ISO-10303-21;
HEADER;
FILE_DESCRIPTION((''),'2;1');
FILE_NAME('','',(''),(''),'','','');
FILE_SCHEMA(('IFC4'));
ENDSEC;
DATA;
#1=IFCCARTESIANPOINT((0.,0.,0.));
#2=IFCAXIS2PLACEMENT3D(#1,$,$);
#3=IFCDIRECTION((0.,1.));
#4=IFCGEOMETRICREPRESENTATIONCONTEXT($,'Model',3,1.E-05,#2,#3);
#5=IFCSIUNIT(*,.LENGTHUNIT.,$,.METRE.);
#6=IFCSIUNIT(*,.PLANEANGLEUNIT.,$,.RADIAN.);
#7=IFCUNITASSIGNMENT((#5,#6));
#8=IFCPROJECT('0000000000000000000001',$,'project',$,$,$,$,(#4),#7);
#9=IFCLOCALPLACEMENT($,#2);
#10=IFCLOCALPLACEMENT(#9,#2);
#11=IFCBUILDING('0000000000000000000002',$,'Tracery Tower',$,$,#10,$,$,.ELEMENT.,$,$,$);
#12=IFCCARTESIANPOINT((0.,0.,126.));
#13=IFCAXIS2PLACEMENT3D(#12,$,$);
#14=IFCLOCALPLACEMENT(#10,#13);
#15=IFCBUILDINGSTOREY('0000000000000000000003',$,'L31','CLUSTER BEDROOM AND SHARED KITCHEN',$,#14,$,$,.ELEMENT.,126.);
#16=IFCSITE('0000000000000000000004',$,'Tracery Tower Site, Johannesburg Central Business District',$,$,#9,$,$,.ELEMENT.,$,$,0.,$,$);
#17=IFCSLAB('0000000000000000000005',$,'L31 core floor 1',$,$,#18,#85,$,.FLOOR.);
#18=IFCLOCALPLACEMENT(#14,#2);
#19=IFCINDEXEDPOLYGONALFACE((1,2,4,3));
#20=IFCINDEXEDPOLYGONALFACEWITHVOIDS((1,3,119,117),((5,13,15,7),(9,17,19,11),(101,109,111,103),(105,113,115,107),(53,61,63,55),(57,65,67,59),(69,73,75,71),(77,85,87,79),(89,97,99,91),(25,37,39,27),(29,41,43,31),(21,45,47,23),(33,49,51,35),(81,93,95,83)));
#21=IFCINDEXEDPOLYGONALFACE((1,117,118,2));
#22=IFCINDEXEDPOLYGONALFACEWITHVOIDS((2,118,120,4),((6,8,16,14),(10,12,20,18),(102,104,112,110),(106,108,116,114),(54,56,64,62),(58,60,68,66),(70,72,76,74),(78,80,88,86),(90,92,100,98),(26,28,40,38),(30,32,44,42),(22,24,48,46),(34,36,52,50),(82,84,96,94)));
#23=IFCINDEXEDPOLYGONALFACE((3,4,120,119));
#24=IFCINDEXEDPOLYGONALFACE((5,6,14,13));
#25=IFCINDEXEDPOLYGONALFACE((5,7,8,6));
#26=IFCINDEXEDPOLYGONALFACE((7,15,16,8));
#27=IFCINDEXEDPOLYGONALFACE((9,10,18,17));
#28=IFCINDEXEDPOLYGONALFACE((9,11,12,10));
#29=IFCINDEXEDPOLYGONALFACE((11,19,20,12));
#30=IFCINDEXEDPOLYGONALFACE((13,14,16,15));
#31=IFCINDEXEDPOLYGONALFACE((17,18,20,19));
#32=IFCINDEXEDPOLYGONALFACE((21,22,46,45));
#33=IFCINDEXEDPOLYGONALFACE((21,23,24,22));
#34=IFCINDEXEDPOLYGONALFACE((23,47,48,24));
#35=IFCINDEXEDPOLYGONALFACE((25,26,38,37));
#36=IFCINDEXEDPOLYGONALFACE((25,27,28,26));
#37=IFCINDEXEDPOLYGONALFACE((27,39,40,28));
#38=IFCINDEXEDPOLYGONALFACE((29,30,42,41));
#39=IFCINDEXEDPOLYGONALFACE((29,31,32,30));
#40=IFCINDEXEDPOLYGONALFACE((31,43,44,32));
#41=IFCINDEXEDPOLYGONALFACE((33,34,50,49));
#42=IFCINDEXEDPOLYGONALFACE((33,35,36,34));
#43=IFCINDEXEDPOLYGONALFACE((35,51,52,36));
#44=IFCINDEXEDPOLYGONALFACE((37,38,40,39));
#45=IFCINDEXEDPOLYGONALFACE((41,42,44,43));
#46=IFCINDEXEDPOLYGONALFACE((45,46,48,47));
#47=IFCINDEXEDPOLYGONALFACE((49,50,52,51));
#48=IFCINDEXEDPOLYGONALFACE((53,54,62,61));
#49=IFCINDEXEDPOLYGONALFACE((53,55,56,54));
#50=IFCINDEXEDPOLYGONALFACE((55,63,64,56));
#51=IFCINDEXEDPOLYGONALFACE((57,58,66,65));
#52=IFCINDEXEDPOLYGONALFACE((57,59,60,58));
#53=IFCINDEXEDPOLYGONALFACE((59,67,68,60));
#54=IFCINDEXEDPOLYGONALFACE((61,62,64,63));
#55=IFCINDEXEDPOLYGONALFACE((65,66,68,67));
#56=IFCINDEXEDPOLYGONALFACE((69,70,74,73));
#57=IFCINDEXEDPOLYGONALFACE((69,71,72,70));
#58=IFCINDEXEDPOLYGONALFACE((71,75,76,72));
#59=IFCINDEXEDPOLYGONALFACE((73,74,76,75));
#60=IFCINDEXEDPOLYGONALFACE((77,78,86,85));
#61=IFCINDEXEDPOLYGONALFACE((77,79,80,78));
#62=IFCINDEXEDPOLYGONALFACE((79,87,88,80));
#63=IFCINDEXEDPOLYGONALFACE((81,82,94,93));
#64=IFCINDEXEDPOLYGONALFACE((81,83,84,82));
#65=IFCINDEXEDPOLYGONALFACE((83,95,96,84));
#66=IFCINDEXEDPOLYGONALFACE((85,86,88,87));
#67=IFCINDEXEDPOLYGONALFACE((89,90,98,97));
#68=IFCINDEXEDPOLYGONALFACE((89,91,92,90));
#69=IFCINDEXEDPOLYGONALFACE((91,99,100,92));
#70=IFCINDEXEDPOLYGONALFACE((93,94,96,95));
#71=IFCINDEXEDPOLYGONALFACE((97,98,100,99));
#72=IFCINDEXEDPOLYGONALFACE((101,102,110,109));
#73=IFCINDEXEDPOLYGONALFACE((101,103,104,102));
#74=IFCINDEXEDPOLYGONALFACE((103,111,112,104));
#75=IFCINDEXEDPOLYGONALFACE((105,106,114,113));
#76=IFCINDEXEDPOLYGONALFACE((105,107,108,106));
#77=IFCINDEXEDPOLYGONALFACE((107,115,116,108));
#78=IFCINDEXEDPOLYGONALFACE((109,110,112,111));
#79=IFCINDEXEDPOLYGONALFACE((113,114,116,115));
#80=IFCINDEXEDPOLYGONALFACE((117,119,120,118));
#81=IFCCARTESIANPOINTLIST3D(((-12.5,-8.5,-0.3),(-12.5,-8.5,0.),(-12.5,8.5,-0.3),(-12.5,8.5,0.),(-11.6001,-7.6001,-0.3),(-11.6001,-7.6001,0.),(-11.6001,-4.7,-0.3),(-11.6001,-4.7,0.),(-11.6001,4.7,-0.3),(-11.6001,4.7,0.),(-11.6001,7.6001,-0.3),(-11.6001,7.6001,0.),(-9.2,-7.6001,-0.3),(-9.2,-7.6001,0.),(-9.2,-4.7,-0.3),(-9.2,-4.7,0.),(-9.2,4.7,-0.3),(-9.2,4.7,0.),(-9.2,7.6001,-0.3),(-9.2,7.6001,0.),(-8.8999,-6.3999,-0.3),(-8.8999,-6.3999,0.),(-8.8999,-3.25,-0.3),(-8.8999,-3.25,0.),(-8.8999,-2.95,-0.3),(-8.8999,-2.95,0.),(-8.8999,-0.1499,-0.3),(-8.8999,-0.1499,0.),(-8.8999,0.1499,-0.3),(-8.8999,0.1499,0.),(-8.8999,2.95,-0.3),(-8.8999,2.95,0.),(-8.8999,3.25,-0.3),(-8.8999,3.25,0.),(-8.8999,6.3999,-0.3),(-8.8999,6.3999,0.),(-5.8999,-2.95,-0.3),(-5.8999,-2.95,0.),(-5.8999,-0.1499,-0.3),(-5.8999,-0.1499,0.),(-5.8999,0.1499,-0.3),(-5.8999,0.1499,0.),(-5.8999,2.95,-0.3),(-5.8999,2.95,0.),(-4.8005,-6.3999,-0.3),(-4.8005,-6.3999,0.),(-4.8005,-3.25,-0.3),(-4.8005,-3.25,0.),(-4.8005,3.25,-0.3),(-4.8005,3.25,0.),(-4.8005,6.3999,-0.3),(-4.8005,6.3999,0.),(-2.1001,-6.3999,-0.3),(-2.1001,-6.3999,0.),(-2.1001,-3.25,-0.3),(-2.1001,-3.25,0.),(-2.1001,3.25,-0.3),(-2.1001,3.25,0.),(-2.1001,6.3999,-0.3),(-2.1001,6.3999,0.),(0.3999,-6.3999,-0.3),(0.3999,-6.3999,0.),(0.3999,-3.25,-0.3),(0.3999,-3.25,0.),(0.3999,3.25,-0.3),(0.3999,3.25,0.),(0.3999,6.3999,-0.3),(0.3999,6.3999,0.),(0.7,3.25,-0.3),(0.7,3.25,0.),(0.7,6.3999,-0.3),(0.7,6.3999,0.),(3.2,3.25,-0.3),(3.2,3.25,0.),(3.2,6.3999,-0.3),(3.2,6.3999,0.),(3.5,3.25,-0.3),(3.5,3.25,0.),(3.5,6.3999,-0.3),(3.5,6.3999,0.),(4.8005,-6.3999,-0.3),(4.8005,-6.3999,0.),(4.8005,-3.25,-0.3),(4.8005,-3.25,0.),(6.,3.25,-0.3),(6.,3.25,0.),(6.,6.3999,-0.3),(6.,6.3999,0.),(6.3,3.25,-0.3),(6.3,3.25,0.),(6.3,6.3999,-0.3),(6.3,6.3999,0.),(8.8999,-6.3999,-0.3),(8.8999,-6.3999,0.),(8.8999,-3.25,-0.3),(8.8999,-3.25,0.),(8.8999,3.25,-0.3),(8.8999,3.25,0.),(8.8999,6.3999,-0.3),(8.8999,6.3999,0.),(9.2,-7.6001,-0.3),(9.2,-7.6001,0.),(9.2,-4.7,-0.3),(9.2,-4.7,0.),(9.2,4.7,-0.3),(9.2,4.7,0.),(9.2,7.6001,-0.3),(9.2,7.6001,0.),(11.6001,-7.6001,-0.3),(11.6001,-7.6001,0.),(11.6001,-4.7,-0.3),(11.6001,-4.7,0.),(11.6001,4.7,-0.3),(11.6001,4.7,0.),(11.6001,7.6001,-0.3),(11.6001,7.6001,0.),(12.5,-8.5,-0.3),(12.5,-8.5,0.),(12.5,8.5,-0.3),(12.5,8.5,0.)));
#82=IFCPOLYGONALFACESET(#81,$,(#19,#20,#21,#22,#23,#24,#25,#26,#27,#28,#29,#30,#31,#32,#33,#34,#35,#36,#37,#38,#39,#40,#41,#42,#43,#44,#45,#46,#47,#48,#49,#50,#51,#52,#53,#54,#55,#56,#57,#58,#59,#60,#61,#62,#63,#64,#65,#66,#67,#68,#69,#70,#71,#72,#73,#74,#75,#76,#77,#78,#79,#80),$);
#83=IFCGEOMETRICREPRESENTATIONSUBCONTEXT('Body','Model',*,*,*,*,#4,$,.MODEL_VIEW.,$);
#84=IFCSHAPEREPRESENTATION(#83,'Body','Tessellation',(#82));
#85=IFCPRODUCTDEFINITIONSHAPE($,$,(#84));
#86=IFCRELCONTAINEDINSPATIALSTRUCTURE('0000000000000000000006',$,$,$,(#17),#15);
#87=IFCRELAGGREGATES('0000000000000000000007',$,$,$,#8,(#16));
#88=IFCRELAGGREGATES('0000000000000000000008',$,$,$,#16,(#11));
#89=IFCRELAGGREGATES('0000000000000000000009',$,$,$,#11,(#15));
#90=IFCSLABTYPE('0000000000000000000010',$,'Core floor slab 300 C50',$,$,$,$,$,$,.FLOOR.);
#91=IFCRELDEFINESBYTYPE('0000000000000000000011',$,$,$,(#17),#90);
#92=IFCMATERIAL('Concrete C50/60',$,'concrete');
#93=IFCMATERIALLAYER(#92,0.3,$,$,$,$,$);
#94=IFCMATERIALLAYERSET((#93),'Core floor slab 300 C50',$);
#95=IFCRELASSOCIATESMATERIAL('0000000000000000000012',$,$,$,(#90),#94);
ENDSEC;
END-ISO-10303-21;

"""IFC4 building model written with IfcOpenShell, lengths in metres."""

from ifc_helpers import new_model, si_unit, direction, frame, origin, place, context, subcontext, project, spatial, polyline, outline, extrude, material, layer, layer_set, type_object, element, save


model = new_model("IFC4")

# Units and contexts
model_context = context("Model", 3, precision=1e-05, world=origin(), true_north=direction((0.0, 1.0)))
body_context = subcontext(model_context, "Body", "Model", "MODEL_VIEW")
ifc_project = project(units=[si_unit("LENGTHUNIT", "METRE"), si_unit("PLANEANGLEUNIT", "RADIAN")], contexts=[model_context])

# Site, building, storey
site_placement = place(None, origin())
site = spatial("IfcSite", under=ifc_project, at=site_placement, Name="Tracery Tower Site, Johannesburg Central Business District", CompositionType="ELEMENT", RefElevation=0.0)
building_placement = place(site_placement, origin())
building = spatial("IfcBuilding", under=site, at=building_placement, Name="Tracery Tower", CompositionType="ELEMENT")
storey_placement = place(building_placement, frame((0.0, 0.0, 126.0)))
storey = spatial("IfcBuildingStorey", under=building, at=storey_placement, Name="L31", Description="CLUSTER BEDROOM AND SHARED KITCHEN", CompositionType="ELEMENT", Elevation=126.0)

# Slab
ifc_material_1 = material(Name="Concrete C50/60", Category="concrete")
ifc_layer_1 = layer(ifc_material_1, 0.3)
ifc_layer_set_1 = layer_set([ifc_layer_1], Name="Core floor slab 300 C50")
slab_type_1 = type_object("IfcSlabType", Name="Core floor slab 300 C50", PredefinedType="FLOOR", material=ifc_layer_set_1)
slab_1_placement = place(storey_placement, frame((0.0, 0.0, -0.3)))
element("IfcSlab", 1, at=slab_1_placement, inside=storey, type_object=slab_type_1, Name="L31 core floor 1", PredefinedType="FLOOR", context=body_context, shape_type="SweptSolid", body=[
    extrude(outline(polyline([(-12.5, 8.5), (12.5, 8.5), (12.5, -8.5), (-12.5, -8.5), (-12.5, 8.5)]), holes=[polyline([(11.6001, -4.7), (9.2, -4.7), (9.2, -7.6001), (11.6001, -7.6001), (11.6001, -4.7)]), polyline([(11.6001, 4.7), (11.6001, 7.6001), (9.2, 7.6001), (9.2, 4.7), (11.6001, 4.7)]), polyline([(4.8005, -6.3999), (8.8999, -6.3999), (8.8999, -3.25), (4.8005, -3.25), (4.8005, -6.3999)]), polyline([(8.8999, 3.25), (8.8999, 6.3999), (6.3, 6.3999), (6.3, 3.25), (8.8999, 3.25)]), polyline([(6.0, 3.25), (6.0, 6.3999), (3.5, 6.3999), (3.5, 3.25), (6.0, 3.25)]), polyline([(3.2, 3.25), (3.2, 6.3999), (0.7, 6.3999), (0.7, 3.25), (3.2, 3.25)]), polyline([(0.3999, -6.3999), (0.3999, -3.25), (-2.1001, -3.25), (-2.1001, -6.3999), (0.3999, -6.3999)]), polyline([(0.3999, 3.25), (0.3999, 6.3999), (-2.1001, 6.3999), (-2.1001, 3.25), (0.3999, 3.25)]), polyline([(-4.8005, -3.25), (-8.8999, -3.25), (-8.8999, -6.3999), (-4.8005, -6.3999), (-4.8005, -3.25)]), polyline([(-4.8005, 6.3999), (-8.8999, 6.3999), (-8.8999, 3.25), (-4.8005, 3.25), (-4.8005, 6.3999)]), polyline([(-5.8999, -2.95), (-5.8999, -0.1499), (-8.8999, -0.1499), (-8.8999, -2.95), (-5.8999, -2.95)]), polyline([(-5.8999, 0.1499), (-5.8999, 2.95), (-8.8999, 2.95), (-8.8999, 0.1499), (-5.8999, 0.1499)]), polyline([(-9.2, -4.7), (-11.6001, -4.7), (-11.6001, -7.6001), (-9.2, -7.6001), (-9.2, -4.7)]), polyline([(-9.2, 4.7), (-9.2, 7.6001), (-11.6001, 7.6001), (-11.6001, 4.7), (-9.2, 4.7)])]), origin(), (0.0, 0.0, 1.0), 0.3),
])

save(model, "model.ifc")
